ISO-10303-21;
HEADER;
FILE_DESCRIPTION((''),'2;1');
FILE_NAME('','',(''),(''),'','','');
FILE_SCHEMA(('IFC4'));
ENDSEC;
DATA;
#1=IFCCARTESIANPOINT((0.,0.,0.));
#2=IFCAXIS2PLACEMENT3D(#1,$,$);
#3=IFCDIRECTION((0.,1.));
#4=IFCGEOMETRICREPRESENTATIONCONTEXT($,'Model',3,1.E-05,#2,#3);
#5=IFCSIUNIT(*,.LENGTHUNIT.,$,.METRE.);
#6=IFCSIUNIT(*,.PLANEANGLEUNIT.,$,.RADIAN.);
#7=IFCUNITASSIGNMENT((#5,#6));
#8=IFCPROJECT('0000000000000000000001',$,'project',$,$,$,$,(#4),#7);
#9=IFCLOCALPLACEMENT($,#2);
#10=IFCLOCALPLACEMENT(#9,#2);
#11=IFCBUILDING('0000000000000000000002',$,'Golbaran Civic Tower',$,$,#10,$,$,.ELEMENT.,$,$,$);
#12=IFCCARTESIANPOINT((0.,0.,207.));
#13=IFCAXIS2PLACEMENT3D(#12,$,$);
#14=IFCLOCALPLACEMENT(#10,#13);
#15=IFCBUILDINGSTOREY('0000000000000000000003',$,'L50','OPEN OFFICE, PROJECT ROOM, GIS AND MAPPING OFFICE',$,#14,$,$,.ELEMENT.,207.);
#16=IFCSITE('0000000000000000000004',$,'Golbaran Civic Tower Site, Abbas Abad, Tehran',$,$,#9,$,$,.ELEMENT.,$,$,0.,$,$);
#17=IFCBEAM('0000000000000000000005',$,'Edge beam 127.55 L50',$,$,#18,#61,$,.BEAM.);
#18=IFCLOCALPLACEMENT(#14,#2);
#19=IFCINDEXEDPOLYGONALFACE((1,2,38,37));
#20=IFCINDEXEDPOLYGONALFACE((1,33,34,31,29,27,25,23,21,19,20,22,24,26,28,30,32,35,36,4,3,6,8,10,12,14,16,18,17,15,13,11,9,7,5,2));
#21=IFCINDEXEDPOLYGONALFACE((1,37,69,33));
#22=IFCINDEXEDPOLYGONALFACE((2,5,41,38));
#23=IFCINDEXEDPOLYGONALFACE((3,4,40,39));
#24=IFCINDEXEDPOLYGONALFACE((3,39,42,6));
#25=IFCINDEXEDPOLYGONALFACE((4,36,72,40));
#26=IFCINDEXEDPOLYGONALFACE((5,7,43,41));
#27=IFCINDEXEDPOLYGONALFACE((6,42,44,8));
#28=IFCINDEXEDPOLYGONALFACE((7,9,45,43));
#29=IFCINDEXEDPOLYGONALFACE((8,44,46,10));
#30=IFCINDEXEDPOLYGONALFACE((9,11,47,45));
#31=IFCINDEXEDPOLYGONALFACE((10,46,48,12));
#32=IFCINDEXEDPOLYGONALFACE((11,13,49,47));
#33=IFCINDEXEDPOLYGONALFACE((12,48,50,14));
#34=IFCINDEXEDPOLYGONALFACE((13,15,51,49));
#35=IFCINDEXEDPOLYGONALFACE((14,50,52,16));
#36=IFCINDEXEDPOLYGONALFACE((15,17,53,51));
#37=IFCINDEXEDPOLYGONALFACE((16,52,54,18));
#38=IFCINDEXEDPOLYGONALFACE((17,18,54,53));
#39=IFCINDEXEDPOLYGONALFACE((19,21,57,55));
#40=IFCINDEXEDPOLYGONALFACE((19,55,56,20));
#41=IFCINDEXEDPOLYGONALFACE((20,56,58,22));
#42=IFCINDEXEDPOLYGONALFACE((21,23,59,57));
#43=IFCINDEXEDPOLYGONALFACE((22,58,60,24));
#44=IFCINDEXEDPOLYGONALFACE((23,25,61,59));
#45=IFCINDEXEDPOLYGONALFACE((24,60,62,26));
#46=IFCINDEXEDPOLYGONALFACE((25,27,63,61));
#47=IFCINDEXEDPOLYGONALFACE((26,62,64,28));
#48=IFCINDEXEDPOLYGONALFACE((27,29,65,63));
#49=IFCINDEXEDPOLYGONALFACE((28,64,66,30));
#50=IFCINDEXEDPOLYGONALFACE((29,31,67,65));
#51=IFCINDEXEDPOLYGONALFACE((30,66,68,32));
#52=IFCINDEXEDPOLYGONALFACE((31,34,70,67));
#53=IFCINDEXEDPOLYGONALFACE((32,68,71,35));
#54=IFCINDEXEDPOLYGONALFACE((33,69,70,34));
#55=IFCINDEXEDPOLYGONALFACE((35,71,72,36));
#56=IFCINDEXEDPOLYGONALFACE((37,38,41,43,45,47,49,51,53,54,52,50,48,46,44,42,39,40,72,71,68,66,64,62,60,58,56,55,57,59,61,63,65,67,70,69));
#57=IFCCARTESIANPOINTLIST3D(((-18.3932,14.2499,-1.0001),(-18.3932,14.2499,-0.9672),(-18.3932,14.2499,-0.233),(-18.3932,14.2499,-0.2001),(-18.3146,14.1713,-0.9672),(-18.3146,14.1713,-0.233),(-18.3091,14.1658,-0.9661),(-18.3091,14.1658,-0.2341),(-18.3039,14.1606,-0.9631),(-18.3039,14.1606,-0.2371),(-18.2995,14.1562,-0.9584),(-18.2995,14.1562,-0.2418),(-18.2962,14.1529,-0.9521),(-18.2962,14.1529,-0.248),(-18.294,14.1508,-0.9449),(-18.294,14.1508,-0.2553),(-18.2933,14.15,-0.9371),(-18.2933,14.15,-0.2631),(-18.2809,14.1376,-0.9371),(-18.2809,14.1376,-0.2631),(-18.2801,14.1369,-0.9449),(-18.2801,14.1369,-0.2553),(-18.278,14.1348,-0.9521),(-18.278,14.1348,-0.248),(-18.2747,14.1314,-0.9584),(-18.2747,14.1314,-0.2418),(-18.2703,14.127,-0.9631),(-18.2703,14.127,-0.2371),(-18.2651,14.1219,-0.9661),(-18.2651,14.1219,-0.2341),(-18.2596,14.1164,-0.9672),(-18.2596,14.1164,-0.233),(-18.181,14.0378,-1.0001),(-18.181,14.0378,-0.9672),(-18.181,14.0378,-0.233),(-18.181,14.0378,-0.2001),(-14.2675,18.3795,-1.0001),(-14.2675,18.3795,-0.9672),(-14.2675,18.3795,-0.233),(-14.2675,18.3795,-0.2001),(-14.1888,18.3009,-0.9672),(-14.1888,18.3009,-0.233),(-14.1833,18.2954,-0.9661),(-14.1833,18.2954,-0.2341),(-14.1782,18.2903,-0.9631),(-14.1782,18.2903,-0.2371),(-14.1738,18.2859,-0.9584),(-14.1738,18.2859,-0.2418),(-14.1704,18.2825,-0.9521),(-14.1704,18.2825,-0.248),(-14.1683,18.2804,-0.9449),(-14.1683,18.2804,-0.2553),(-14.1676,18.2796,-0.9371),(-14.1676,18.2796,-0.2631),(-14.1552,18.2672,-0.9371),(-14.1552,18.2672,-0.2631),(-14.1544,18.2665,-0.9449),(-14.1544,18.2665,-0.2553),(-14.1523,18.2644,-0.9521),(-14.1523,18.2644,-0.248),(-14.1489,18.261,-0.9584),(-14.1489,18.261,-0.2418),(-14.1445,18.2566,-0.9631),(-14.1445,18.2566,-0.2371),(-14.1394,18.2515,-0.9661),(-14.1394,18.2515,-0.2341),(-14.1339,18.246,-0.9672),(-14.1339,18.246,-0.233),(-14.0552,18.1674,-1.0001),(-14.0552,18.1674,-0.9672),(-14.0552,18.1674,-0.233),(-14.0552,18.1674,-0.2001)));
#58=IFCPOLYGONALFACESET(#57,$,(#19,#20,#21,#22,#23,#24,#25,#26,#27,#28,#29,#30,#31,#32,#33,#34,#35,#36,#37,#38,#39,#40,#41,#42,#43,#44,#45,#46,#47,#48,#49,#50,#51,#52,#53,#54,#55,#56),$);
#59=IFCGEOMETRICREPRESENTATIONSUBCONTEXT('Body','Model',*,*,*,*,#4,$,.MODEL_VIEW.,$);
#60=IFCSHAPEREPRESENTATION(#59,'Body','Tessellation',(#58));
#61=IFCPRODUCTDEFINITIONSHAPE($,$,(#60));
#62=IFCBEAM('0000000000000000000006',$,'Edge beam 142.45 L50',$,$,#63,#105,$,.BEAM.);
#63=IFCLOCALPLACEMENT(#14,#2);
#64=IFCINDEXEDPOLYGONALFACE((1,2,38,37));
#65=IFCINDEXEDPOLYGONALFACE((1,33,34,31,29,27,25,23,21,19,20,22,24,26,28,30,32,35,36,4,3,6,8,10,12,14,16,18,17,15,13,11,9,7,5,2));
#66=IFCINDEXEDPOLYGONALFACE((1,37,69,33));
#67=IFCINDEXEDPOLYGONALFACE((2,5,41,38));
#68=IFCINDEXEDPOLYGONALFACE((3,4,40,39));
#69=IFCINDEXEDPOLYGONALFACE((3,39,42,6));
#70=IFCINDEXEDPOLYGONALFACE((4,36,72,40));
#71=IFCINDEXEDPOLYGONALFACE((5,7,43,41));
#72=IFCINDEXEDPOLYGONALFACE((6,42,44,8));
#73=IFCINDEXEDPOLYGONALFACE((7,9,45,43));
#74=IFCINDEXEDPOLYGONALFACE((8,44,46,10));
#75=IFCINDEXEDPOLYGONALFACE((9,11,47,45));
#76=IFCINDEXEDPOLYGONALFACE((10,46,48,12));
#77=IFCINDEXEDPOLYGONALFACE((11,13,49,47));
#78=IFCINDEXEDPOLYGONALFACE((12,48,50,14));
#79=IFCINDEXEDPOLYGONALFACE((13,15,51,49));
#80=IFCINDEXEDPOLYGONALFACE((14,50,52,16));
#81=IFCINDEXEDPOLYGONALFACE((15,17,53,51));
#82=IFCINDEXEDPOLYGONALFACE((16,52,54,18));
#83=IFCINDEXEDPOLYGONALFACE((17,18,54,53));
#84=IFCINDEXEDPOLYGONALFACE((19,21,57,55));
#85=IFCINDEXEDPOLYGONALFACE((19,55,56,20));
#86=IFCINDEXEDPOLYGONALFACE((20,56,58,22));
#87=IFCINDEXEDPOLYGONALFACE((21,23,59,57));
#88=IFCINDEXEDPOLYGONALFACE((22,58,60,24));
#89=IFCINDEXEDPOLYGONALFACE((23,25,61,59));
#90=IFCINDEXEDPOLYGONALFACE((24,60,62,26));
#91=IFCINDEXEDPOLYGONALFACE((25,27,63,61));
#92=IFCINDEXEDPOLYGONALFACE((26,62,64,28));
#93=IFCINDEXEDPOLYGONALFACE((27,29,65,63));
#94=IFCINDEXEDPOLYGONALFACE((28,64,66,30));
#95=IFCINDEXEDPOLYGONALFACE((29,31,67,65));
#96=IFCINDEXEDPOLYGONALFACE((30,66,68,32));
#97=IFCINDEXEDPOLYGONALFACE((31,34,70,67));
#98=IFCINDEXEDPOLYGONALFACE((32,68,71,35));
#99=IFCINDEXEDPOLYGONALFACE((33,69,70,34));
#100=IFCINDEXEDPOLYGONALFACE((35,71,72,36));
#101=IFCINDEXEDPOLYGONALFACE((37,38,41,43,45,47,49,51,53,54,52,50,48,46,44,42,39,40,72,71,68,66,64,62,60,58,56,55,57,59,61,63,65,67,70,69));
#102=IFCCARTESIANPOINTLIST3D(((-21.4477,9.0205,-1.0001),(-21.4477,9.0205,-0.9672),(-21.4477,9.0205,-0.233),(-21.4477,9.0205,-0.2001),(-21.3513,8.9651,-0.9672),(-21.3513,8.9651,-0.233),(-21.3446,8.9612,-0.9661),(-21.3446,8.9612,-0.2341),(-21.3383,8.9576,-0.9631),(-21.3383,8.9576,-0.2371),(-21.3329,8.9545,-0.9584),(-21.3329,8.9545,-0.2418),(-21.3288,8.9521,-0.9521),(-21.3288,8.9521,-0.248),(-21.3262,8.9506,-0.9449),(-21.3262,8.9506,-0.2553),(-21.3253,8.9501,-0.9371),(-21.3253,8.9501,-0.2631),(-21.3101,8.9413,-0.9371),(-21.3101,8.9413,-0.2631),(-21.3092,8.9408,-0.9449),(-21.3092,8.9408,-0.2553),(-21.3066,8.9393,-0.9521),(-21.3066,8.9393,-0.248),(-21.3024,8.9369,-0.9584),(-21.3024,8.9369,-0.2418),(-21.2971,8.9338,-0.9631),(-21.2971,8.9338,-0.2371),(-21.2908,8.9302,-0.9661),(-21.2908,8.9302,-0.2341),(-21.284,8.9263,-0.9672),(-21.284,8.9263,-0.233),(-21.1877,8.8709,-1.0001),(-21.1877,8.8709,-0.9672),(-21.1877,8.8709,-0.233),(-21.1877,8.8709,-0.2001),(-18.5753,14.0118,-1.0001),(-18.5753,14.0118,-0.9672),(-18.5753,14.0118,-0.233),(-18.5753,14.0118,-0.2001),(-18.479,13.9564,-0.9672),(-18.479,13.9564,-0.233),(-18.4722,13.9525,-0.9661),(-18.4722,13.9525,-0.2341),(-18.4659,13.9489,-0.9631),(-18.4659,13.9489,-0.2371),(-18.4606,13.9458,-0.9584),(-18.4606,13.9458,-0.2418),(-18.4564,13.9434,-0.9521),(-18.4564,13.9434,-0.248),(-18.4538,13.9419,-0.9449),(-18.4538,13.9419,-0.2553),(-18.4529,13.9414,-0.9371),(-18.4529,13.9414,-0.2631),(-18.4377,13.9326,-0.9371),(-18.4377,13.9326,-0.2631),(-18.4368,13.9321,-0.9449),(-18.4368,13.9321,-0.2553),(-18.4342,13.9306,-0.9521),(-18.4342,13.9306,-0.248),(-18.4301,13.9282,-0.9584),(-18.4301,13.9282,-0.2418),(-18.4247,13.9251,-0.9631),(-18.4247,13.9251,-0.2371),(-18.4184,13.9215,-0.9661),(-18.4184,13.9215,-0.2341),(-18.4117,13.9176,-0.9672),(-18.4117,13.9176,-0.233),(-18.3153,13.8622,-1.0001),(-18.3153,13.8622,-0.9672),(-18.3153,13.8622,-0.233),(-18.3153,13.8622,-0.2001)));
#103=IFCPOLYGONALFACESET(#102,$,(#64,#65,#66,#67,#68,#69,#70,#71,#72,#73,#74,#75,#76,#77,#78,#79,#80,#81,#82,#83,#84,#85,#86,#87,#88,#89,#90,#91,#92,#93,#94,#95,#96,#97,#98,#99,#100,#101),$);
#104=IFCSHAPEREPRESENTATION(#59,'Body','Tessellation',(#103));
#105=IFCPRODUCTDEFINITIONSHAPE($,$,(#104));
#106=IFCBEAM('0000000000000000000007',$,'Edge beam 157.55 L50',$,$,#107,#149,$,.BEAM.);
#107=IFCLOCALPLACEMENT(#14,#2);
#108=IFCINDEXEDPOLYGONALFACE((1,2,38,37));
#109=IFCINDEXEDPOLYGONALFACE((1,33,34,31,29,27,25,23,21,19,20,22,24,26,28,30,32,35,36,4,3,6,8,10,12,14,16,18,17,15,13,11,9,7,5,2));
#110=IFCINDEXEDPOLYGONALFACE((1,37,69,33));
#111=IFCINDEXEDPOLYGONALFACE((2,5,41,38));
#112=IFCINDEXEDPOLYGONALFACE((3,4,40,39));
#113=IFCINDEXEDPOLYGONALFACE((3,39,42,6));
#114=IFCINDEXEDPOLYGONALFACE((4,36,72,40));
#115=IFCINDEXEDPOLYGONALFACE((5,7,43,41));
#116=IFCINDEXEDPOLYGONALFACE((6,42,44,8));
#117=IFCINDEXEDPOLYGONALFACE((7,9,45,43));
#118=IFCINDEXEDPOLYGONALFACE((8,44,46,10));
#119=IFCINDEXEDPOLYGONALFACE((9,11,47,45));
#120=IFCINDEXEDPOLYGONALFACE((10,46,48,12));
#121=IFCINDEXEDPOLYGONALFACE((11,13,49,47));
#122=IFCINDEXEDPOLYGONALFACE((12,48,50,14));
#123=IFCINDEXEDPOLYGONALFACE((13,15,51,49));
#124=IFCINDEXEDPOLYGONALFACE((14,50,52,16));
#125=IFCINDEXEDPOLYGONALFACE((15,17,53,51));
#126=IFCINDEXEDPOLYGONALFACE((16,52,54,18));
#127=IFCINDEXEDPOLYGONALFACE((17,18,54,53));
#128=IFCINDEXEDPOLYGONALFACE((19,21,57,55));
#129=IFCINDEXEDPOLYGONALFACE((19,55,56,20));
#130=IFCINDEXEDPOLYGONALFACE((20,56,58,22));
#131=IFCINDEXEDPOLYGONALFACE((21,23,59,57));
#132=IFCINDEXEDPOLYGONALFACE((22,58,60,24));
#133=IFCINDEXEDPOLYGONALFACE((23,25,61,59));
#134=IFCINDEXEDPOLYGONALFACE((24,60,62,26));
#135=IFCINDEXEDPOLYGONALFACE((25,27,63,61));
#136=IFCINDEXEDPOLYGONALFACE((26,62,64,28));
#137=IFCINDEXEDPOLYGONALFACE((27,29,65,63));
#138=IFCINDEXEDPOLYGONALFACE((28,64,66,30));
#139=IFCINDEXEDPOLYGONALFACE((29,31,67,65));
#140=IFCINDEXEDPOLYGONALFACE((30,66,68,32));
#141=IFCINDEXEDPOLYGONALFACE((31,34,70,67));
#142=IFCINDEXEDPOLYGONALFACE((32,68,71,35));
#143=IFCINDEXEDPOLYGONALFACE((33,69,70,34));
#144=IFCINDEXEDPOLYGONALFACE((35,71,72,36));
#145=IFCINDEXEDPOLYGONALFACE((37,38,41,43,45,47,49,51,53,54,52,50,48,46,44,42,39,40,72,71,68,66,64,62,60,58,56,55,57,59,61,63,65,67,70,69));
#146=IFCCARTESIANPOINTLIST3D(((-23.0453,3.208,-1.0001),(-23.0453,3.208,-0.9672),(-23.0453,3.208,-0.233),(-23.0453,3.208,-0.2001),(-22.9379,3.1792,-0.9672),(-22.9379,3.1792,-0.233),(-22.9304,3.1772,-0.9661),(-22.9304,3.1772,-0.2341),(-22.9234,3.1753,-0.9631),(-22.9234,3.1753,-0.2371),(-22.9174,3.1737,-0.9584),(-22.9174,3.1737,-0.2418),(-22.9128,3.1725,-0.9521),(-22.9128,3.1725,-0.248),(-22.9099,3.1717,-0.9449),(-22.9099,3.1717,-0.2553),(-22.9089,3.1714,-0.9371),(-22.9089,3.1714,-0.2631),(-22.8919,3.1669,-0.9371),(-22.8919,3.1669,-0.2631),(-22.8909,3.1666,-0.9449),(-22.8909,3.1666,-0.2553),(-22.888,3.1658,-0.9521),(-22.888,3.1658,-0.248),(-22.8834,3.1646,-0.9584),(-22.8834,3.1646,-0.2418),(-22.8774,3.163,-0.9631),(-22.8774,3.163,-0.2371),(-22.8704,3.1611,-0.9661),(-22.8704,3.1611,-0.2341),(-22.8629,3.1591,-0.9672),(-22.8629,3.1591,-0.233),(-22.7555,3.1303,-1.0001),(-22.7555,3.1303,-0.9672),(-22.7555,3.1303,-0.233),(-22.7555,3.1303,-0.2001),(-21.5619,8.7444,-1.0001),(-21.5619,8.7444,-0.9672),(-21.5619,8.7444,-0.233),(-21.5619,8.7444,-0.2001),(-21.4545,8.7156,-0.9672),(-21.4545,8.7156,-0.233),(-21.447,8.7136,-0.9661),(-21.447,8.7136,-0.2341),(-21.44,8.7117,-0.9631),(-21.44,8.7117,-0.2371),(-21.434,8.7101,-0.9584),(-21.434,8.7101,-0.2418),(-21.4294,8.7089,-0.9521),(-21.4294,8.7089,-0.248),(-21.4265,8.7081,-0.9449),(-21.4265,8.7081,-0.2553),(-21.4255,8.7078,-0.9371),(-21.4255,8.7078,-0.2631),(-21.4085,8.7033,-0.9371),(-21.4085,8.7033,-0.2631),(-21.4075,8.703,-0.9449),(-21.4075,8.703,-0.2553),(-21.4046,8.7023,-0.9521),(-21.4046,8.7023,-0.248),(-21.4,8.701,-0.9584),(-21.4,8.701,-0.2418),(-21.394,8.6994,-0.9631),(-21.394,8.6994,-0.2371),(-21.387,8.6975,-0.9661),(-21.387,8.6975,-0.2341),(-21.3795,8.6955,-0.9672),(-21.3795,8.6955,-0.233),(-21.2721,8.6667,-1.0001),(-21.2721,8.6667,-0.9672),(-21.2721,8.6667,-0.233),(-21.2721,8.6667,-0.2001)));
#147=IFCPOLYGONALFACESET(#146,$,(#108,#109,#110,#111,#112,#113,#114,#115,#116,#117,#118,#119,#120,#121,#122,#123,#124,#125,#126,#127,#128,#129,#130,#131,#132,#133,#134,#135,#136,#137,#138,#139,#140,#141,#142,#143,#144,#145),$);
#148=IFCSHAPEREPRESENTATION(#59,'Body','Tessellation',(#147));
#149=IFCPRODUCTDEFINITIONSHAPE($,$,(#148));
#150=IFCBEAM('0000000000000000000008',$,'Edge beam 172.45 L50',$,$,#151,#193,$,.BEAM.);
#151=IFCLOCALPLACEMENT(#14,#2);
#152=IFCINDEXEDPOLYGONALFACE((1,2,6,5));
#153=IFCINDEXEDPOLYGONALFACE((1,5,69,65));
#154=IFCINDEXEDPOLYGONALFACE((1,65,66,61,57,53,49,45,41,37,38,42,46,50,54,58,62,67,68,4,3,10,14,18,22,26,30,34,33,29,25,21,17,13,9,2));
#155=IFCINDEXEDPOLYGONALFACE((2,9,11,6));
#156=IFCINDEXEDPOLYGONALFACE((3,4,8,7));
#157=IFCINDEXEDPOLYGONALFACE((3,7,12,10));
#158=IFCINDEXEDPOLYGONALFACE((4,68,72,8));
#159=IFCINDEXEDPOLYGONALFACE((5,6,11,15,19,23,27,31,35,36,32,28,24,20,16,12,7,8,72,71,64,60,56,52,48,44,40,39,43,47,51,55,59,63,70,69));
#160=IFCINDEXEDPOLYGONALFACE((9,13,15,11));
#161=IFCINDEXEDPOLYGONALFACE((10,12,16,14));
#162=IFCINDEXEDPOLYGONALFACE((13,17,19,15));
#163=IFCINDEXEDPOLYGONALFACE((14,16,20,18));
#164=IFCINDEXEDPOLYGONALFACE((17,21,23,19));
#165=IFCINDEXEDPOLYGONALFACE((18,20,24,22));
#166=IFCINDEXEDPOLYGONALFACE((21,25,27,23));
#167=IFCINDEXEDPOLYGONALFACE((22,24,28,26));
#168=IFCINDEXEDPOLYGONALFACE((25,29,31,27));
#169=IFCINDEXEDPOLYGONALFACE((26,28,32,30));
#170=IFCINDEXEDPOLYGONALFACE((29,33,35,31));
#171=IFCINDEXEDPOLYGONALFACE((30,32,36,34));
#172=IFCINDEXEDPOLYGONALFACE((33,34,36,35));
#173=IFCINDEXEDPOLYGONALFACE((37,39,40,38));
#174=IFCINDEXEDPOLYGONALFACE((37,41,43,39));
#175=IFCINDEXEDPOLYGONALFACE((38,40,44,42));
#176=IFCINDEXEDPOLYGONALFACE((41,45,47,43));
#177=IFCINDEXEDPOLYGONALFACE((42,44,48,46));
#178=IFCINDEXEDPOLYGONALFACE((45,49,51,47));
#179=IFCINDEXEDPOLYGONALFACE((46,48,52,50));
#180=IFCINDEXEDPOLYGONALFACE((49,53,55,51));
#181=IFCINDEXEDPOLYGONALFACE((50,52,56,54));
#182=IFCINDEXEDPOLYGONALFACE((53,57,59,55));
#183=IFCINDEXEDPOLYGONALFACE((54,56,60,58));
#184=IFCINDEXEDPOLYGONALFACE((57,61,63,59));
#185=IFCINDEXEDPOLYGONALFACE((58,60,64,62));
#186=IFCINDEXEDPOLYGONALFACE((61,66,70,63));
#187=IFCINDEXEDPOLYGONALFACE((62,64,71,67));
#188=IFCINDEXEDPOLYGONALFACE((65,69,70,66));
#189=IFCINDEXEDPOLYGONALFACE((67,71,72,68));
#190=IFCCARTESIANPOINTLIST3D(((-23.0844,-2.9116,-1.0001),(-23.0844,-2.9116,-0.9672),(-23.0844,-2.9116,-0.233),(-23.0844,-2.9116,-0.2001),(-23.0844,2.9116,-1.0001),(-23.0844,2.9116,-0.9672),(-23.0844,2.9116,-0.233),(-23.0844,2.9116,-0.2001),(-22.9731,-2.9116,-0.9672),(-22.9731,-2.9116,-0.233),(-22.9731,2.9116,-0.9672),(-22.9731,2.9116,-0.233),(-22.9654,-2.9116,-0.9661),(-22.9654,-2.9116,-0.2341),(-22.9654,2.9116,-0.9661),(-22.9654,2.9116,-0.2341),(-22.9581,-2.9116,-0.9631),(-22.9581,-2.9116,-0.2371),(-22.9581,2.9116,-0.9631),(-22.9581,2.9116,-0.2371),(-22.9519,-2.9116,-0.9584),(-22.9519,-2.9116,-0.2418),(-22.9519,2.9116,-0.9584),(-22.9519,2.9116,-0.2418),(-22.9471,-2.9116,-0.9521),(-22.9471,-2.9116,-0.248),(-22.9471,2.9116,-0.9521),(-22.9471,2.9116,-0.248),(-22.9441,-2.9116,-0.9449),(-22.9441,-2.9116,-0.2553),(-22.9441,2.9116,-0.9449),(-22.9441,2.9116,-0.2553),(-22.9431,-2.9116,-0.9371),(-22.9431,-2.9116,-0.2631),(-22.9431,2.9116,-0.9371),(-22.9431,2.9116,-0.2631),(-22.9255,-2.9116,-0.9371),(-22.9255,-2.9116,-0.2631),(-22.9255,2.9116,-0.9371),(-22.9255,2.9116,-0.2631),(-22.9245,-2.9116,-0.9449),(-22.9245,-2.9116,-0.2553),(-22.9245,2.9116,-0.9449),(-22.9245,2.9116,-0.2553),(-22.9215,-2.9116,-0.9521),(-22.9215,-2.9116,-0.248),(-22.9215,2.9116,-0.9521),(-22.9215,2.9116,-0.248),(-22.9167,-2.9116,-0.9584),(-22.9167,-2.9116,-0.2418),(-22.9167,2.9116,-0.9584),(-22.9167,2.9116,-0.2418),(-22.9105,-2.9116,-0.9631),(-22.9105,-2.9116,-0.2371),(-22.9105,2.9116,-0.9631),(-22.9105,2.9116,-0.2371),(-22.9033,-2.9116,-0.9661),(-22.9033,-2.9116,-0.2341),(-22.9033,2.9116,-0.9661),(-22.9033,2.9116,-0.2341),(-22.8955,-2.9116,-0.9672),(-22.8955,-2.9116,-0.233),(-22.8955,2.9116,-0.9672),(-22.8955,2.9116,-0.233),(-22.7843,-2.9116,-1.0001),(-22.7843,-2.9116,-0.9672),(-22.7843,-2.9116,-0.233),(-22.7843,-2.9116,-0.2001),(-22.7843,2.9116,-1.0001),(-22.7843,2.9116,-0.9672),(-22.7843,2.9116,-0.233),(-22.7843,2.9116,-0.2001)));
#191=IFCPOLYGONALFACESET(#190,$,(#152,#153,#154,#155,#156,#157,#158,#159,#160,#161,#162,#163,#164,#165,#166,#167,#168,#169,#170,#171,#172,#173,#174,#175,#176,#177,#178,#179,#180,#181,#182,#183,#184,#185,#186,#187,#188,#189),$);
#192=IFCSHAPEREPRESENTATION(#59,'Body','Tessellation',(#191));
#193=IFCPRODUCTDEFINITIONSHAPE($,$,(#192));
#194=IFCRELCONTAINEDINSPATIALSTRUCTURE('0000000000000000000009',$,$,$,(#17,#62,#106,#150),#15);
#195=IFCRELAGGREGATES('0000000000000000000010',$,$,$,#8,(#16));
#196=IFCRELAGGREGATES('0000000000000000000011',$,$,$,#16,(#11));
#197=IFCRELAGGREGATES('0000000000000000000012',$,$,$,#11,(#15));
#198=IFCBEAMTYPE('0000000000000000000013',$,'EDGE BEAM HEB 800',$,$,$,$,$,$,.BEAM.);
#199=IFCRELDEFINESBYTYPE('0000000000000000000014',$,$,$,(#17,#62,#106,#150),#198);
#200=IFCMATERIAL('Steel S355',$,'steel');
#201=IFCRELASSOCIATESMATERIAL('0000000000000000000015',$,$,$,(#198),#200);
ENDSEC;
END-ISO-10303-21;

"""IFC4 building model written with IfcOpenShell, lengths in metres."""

from ifc_helpers import new_model, si_unit, direction, frame, origin, origin_2d, place, context, subcontext, project, spatial, i_section, extrude, material, material_profile, profile_set, type_object, element, save


model = new_model("IFC4")

# Units and contexts
model_context = context("Model", 3, precision=1e-05, world=origin(), true_north=direction((0.0, 1.0)))
body_context = subcontext(model_context, "Body", "Model", "MODEL_VIEW")
ifc_project = project(units=[si_unit("LENGTHUNIT", "METRE"), si_unit("PLANEANGLEUNIT", "RADIAN")], contexts=[model_context])

# Site, building, storey
site_placement = place(None, origin())
site = spatial("IfcSite", under=ifc_project, at=site_placement, Name="Golbaran Civic Tower Site, Abbas Abad, Tehran", CompositionType="ELEMENT", RefElevation=0.0)
building_placement = place(site_placement, origin())
building = spatial("IfcBuilding", under=site, at=building_placement, Name="Golbaran Civic Tower", CompositionType="ELEMENT")
storey_placement = place(building_placement, frame((0.0, 0.0, 207.0)))
storey = spatial("IfcBuildingStorey", under=building, at=storey_placement, Name="L50", Description="OPEN OFFICE, PROJECT ROOM, GIS AND MAPPING OFFICE", CompositionType="ELEMENT", Elevation=207.0)

# Beams
ifc_material_1 = material(Name="Steel S355", Category="steel")
ifc_material_profile_1 = material_profile(ifc_material_1, i_section(OverallWidth=0.3, OverallDepth=0.8, WebThickness=0.0176, FlangeThickness=0.033, FilletRadius=0.03, at=origin_2d()), Name="HEB 800")
ifc_profile_set_1 = profile_set([ifc_material_profile_1], Name="Steel S355")
beam_type_1 = type_object("IfcBeamType", Name="EDGE BEAM HEB 800", PredefinedType="BEAM", material=ifc_profile_set_1)
beam_1_placement = place(storey_placement, frame((-14.1614, 18.2734, -0.6001), z_axis=(-0.706772, -0.707441, 0.0), x_axis=(0.707441, -0.706772, 0.0)))
element("IfcBeam", 1, at=beam_1_placement, inside=storey, type_object=beam_type_1, Name="Edge beam 127.55 L50", PredefinedType="BEAM", context=body_context, shape_type="SweptSolid", body=[
    extrude(i_section(OverallWidth=0.3, OverallDepth=0.8, WebThickness=0.0176, FlangeThickness=0.033, FilletRadius=0.03, at=origin_2d()), origin(), (0.0, 0.0, 1.0), 5.8374),
])
beam_2_placement = place(storey_placement, frame((-18.4453, 13.937, -0.6001), z_axis=(-0.49878, -0.866729, 0.0), x_axis=(0.866729, -0.49878, 0.0)))
element("IfcBeam", 2, at=beam_2_placement, inside=storey, type_object=beam_type_1, Name="Edge beam 142.45 L50", PredefinedType="BEAM", context=body_context, shape_type="SweptSolid", body=[
    extrude(i_section(OverallWidth=0.3, OverallDepth=0.8, WebThickness=0.0176, FlangeThickness=0.033, FilletRadius=0.03, at=origin_2d()), origin(), (0.0, 0.0, 1.0), 5.7588),
])
beam_3_placement = place(storey_placement, frame((-21.417, 8.7056, -0.6001), z_axis=(-0.258808, -0.965929, 0.0), x_axis=(0.965929, -0.258808, 0.0)))
element("IfcBeam", 3, at=beam_3_placement, inside=storey, type_object=beam_type_1, Name="Edge beam 157.55 L50", PredefinedType="BEAM", context=body_context, shape_type="SweptSolid", body=[
    extrude(i_section(OverallWidth=0.3, OverallDepth=0.8, WebThickness=0.0176, FlangeThickness=0.033, FilletRadius=0.03, at=origin_2d()), origin(), (0.0, 0.0, 1.0), 5.7317),
])
beam_4_placement = place(storey_placement, frame((-22.9343, 2.9116, -0.6001), z_axis=(0.0, -1.0, 0.0), x_axis=(1.0, 0.0, 0.0)))
element("IfcBeam", 4, at=beam_4_placement, inside=storey, type_object=beam_type_1, Name="Edge beam 172.45 L50", PredefinedType="BEAM", context=body_context, shape_type="SweptSolid", body=[
    extrude(i_section(OverallWidth=0.3, OverallDepth=0.8, WebThickness=0.0176, FlangeThickness=0.033, FilletRadius=0.03, at=origin_2d()), origin(), (0.0, 0.0, 1.0), 5.8232),
])

save(model, "model.ifc")
